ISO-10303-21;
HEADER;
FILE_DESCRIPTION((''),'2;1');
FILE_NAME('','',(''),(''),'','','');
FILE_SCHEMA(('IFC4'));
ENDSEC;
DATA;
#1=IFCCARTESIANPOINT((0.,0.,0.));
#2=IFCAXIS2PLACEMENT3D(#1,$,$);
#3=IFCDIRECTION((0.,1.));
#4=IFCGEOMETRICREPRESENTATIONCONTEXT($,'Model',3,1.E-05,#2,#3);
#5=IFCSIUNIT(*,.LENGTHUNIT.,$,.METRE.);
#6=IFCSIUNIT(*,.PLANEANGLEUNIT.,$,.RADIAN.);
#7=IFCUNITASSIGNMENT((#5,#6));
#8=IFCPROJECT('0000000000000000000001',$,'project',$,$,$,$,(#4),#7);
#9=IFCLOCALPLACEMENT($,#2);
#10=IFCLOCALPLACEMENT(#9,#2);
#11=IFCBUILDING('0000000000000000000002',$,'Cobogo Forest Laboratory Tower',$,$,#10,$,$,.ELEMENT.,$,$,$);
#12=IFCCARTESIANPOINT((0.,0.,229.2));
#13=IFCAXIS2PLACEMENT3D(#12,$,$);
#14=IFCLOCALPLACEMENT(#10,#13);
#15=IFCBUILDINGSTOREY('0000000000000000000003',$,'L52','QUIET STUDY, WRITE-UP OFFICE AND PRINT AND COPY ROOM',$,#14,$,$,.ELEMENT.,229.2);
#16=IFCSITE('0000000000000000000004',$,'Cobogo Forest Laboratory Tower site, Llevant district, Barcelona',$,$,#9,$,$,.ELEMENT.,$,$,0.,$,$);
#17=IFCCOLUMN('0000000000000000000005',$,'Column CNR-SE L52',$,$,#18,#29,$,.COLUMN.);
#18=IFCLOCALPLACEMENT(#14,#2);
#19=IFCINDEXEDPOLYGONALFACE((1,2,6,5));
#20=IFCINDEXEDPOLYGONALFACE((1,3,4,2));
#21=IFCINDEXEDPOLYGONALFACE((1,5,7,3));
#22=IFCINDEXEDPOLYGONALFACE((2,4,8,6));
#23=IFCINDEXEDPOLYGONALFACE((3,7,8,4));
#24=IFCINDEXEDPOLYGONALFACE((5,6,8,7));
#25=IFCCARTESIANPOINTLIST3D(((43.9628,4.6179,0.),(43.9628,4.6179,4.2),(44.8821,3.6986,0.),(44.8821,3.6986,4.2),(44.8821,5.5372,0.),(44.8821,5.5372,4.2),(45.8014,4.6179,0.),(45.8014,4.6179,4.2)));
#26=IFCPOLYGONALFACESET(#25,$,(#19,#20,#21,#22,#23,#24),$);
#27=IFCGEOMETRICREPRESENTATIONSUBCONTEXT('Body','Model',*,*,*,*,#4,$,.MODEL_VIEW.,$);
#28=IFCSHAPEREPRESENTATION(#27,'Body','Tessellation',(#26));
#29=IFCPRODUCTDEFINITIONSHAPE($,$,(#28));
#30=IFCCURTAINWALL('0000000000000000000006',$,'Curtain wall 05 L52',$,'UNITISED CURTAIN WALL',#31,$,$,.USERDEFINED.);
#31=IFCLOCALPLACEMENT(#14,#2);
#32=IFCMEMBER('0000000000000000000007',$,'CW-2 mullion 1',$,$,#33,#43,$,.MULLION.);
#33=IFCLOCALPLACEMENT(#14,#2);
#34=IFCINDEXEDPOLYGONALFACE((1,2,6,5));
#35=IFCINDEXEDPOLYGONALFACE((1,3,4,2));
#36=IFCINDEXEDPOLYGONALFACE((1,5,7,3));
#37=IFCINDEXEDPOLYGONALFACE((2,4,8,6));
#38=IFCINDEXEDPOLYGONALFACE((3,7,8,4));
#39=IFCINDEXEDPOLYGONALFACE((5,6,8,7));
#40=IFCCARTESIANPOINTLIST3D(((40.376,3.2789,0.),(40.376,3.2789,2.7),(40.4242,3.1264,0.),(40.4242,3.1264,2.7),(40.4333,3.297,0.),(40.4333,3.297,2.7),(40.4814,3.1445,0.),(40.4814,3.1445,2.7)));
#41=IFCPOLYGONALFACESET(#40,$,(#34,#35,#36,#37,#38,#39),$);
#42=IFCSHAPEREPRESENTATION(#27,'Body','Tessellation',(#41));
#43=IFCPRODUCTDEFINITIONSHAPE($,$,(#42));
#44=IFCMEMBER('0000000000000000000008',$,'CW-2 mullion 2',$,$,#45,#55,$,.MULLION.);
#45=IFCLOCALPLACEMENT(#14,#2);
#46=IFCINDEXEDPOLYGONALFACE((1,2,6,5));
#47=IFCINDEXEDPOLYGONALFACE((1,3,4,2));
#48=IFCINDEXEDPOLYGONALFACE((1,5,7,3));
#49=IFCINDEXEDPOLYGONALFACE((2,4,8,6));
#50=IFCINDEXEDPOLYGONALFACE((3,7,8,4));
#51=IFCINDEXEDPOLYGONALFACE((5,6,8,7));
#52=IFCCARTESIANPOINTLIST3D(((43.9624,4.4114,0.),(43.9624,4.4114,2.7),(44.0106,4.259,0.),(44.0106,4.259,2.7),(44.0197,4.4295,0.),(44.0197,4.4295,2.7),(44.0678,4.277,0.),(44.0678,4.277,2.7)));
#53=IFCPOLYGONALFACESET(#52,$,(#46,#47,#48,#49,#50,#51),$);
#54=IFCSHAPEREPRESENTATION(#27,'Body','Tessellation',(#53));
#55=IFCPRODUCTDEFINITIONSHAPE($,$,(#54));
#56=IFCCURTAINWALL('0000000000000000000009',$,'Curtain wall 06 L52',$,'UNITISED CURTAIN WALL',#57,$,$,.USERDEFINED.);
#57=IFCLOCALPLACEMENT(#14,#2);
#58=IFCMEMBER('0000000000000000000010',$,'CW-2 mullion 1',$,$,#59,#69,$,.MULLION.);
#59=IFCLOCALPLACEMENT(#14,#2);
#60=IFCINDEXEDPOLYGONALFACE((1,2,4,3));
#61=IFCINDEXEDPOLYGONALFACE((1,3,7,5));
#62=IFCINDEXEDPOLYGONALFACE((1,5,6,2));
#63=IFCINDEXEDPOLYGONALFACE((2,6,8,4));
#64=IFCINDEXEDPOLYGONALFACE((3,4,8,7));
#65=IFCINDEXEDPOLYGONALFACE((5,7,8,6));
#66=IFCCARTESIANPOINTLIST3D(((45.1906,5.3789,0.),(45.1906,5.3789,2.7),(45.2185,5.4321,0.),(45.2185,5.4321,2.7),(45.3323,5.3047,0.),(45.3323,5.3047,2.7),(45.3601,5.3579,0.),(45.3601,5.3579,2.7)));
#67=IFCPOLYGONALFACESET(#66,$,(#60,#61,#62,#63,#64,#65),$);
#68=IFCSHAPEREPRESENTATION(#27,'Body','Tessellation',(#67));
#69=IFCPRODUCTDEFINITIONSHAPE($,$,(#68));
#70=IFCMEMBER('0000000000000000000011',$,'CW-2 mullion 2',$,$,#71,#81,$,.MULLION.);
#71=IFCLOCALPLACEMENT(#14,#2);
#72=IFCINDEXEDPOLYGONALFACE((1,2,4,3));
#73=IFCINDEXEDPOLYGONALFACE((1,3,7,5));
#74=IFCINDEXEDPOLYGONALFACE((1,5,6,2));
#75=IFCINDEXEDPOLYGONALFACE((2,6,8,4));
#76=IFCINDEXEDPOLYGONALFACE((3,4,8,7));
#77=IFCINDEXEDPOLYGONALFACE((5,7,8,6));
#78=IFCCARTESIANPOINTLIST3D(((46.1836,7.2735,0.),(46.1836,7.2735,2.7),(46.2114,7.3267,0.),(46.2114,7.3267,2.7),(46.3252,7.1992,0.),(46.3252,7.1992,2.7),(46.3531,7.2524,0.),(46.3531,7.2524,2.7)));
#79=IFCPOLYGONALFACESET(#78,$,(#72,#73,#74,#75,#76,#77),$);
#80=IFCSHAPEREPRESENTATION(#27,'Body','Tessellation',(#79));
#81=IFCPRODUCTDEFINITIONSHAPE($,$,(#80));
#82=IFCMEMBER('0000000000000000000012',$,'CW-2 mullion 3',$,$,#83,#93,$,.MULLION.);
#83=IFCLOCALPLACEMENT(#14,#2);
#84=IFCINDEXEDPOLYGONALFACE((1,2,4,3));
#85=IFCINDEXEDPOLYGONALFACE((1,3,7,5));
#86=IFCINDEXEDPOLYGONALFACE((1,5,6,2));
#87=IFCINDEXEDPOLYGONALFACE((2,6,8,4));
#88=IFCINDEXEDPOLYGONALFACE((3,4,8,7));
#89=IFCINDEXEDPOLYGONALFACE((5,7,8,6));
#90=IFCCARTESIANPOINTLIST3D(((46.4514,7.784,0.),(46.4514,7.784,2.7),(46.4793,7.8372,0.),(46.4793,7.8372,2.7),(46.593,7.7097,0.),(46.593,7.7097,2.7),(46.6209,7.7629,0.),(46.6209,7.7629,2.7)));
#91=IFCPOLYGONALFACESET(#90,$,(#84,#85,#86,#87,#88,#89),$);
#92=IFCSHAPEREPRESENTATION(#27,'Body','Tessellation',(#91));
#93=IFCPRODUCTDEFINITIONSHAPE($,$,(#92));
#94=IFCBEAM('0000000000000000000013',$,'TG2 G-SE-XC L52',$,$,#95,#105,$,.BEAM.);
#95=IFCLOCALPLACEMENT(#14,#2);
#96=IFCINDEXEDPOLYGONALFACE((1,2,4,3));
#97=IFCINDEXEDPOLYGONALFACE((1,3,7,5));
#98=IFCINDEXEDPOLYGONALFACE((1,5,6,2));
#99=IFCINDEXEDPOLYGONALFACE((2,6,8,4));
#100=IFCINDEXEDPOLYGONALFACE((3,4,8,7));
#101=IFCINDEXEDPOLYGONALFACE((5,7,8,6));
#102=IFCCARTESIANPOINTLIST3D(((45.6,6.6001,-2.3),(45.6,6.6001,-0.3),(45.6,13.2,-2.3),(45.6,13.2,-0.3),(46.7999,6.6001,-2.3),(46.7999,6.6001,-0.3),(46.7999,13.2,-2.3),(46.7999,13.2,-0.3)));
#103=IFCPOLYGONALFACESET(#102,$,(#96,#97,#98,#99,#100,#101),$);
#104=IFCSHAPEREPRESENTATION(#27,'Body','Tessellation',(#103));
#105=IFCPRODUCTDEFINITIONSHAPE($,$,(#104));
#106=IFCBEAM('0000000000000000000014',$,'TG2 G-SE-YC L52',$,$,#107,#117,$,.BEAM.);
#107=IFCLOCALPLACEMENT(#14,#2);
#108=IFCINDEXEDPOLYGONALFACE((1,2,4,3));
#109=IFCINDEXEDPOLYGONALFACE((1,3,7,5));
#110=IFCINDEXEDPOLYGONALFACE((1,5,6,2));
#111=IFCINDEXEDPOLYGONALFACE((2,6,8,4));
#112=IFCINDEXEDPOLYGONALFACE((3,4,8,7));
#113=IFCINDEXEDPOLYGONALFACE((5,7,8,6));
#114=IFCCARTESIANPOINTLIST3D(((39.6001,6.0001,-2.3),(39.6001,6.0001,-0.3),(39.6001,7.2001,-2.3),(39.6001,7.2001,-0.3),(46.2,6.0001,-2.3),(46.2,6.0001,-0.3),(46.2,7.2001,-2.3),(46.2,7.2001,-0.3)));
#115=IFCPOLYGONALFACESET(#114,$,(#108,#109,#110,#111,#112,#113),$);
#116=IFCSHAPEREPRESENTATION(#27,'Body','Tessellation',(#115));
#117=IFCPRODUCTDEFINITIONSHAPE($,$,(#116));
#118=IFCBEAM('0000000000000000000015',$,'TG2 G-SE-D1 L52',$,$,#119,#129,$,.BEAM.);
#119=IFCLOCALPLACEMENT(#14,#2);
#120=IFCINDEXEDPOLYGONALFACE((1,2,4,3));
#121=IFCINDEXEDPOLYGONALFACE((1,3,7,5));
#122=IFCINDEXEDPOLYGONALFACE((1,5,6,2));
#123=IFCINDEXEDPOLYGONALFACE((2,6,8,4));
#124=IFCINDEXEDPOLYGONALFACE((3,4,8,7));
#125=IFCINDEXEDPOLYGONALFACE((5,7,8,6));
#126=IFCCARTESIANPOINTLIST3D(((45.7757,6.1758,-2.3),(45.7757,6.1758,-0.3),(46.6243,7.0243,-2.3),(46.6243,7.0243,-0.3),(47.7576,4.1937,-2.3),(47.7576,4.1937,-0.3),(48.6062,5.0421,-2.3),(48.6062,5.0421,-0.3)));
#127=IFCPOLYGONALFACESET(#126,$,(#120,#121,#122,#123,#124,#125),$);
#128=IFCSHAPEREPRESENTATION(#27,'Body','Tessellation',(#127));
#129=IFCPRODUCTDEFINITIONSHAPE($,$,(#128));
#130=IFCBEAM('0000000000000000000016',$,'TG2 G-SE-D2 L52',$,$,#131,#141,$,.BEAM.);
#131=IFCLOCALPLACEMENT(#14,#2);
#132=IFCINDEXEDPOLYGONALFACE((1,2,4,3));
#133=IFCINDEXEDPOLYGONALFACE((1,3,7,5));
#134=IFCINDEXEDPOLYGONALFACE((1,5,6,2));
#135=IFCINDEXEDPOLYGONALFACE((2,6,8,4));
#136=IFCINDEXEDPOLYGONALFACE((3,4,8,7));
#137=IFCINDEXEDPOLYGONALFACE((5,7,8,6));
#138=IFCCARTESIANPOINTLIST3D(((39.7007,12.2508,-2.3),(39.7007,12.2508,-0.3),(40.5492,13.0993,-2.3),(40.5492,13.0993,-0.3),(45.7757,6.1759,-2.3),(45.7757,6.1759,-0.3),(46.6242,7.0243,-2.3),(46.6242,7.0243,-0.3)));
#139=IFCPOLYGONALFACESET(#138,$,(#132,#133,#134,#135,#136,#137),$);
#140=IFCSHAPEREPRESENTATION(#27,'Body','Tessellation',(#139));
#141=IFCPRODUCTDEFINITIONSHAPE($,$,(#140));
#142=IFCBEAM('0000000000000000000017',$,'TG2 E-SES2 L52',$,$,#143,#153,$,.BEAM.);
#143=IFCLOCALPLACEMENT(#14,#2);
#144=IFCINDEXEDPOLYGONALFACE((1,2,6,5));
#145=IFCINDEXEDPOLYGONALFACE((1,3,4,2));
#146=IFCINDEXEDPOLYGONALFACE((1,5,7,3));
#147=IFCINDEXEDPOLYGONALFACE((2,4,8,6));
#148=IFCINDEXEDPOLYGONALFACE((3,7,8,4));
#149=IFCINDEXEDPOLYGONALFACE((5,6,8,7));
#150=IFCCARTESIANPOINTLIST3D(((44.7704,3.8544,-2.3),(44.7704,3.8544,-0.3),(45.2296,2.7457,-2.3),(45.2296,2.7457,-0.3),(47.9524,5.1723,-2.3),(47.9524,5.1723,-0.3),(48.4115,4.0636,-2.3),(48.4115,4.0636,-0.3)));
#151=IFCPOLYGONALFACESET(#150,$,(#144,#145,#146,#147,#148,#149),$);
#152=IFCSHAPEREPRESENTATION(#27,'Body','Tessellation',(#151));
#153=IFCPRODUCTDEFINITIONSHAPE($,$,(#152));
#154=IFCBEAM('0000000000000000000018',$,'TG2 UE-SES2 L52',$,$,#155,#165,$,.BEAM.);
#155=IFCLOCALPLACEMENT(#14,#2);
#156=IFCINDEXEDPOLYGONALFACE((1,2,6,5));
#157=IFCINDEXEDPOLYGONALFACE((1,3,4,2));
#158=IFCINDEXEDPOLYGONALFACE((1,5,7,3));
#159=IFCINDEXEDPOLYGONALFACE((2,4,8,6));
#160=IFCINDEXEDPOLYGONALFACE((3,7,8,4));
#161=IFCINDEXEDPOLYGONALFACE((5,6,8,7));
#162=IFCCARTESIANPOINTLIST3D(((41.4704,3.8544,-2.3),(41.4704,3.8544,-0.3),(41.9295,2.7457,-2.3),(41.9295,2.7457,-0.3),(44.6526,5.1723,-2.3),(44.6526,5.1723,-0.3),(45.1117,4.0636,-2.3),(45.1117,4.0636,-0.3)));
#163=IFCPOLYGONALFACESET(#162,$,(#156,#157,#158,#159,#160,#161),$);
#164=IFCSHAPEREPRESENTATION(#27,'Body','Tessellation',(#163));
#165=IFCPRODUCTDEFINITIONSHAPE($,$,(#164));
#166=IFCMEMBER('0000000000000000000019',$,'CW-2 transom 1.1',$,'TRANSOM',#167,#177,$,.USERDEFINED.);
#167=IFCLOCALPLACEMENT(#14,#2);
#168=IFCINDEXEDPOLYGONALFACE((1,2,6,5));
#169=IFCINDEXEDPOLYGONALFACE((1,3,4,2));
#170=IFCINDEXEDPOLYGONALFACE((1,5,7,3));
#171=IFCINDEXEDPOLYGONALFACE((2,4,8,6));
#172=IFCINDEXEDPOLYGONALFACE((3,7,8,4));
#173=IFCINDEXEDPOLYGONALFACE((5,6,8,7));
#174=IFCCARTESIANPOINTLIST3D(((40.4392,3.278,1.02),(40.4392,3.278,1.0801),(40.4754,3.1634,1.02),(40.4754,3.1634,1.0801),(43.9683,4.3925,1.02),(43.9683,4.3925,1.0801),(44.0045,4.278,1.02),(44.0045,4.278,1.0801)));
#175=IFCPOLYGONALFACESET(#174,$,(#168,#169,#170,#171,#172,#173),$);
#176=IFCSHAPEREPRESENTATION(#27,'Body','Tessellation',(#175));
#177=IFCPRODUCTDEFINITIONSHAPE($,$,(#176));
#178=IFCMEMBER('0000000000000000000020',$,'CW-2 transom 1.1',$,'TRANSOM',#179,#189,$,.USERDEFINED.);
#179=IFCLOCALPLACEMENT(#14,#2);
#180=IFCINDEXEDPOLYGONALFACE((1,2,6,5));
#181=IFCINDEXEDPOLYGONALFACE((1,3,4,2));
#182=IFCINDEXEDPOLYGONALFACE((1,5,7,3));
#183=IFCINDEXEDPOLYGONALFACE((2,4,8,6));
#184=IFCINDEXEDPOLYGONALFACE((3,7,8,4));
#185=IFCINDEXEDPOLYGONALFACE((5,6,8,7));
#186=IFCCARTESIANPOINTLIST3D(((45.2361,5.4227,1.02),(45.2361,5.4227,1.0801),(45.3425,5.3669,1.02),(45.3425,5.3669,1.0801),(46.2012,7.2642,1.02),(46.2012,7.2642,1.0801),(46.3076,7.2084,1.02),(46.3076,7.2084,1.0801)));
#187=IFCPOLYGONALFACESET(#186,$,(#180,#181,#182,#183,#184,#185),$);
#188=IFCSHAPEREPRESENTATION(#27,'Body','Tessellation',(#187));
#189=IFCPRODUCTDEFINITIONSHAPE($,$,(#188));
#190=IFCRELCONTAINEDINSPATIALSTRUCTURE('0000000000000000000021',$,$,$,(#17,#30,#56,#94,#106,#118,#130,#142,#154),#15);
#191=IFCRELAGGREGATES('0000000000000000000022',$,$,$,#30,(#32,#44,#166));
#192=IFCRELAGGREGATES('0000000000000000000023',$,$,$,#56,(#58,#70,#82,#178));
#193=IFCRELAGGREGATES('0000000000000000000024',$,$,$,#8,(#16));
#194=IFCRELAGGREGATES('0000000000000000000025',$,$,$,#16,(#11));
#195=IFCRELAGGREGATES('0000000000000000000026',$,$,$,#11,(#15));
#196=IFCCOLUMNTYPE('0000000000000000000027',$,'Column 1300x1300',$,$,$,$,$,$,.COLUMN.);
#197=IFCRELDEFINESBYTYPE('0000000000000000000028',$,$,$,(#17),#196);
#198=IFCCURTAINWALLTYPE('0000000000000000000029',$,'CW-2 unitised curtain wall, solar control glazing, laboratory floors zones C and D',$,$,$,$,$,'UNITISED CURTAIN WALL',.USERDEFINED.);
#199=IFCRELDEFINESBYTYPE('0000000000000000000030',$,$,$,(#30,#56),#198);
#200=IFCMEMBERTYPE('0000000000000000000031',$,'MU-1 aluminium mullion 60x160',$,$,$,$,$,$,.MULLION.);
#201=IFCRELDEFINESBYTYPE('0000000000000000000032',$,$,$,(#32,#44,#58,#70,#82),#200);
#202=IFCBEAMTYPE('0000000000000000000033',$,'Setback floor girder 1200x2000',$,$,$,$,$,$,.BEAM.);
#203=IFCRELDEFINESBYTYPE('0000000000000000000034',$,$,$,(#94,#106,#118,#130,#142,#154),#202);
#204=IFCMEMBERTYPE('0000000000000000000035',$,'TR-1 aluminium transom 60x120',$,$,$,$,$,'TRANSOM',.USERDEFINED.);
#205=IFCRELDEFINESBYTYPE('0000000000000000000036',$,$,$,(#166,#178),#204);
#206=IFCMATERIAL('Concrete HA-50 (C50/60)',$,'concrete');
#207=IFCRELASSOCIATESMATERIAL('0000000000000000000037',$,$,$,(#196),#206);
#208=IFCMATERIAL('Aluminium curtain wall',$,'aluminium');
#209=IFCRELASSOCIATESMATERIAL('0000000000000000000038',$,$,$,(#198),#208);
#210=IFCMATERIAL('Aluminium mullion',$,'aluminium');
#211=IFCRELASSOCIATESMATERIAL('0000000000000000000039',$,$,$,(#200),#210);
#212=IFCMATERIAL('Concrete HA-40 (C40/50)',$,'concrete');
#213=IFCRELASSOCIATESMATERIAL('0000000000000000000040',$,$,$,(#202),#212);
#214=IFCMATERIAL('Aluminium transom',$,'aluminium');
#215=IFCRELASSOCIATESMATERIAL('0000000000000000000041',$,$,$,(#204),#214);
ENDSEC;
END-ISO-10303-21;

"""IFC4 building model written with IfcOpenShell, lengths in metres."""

from ifc_helpers import new_model, si_unit, direction, frame, origin, origin_2d, place, context, subcontext, project, spatial, rectangle, extrude, material, material_profile, profile_set, type_object, element, aggregate, save


model = new_model("IFC4")

# Units and contexts
model_context = context("Model", 3, precision=1e-05, world=origin(), true_north=direction((0.0, 1.0)))
body_context = subcontext(model_context, "Body", "Model", "MODEL_VIEW")
ifc_project = project(units=[si_unit("LENGTHUNIT", "METRE"), si_unit("PLANEANGLEUNIT", "RADIAN")], contexts=[model_context])

# Site, building, storey
site_placement = place(None, origin())
site = spatial("IfcSite", under=ifc_project, at=site_placement, Name="Cobogo Forest Laboratory Tower site, Llevant district, Barcelona", CompositionType="ELEMENT", RefElevation=0.0)
building_placement = place(site_placement, origin())
building = spatial("IfcBuilding", under=site, at=building_placement, Name="Cobogo Forest Laboratory Tower", CompositionType="ELEMENT")
storey_placement = place(building_placement, frame((0.0, 0.0, 229.2)))
storey = spatial("IfcBuildingStorey", under=building, at=storey_placement, Name="L52", Description="QUIET STUDY, WRITE-UP OFFICE AND PRINT AND COPY ROOM", CompositionType="ELEMENT", Elevation=229.2)

# Column
ifc_material_1 = material(Name="Concrete HA-50 (C50/60)", Category="concrete")
ifc_material_profile_1 = material_profile(ifc_material_1, rectangle(XDim=1.3, YDim=1.3, at=origin_2d()), Name="RC 1300x1300")
ifc_profile_set_1 = profile_set([ifc_material_profile_1], Name="Concrete HA-50 (C50/60)")
column_type = type_object("IfcColumnType", Name="Column 1300x1300", PredefinedType="COLUMN", material=ifc_profile_set_1)
column_placement = place(storey_placement, frame((44.8821, 4.6179, 0.0), z_axis=(0.0, 0.0, 1.0), x_axis=(0.707107, 0.707107, 0.0)))
element("IfcColumn", 1, at=column_placement, inside=storey, type_object=column_type, Name="Column CNR-SE L52", PredefinedType="COLUMN", context=body_context, shape_type="SweptSolid", body=[
    extrude(rectangle(XDim=1.3, YDim=1.3, at=origin_2d()), origin(), (0.0, 0.0, 1.0), 4.2),
])

# Curtain walls, members
ifc_material_2 = material(Name="Aluminium curtain wall", Category="aluminium")
curtain_wall_type = type_object("IfcCurtainWallType", Name="CW-2 unitised curtain wall, solar control glazing, laboratory floors zones C and D", ElementType="UNITISED CURTAIN WALL", PredefinedType="USERDEFINED", material=ifc_material_2)
curtain_wall_1_placement = place(storey_placement, origin())
curtain_wall_1 = element("IfcCurtainWall", 2, at=curtain_wall_1_placement, inside=storey, type_object=curtain_wall_type, Name="Curtain wall 05 L52", ObjectType="UNITISED CURTAIN WALL", PredefinedType="USERDEFINED")
ifc_material_3 = material(Name="Aluminium mullion", Category="aluminium")
ifc_material_profile_2 = material_profile(ifc_material_3, rectangle(XDim=0.0601, YDim=0.1599, at=origin_2d()), Name="AL 60x160")
ifc_profile_set_2 = profile_set([ifc_material_profile_2], Name="Aluminium mullion")
member_type_1 = type_object("IfcMemberType", Name="MU-1 aluminium mullion 60x160", PredefinedType="MULLION", material=ifc_profile_set_2)
member_1_placement = place(storey_placement, frame((40.4287, 3.2117, 0.0), z_axis=(0.0, 0.0, 1.0), x_axis=(0.953581, 0.301136, 0.0)))
member_1 = element("IfcMember", 3, at=member_1_placement, type_object=member_type_1, Name="CW-2 mullion 1", PredefinedType="MULLION", context=body_context, shape_type="SweptSolid", body=[
    extrude(rectangle(XDim=0.0601, YDim=0.1599, at=origin_2d()), origin(), (0.0, 0.0, 1.0), 2.7),
])
member_2_placement = place(storey_placement, frame((44.0151, 4.3442, 0.0), z_axis=(0.0, 0.0, 1.0), x_axis=(0.953581, 0.301136, 0.0)))
member_2 = element("IfcMember", 4, at=member_2_placement, type_object=member_type_1, Name="CW-2 mullion 2", PredefinedType="MULLION", context=body_context, shape_type="SweptSolid", body=[
    extrude(rectangle(XDim=0.0601, YDim=0.1599, at=origin_2d()), origin(), (0.0, 0.0, 1.0), 2.7),
])
curtain_wall_2_placement = place(storey_placement, origin())
curtain_wall_2 = element("IfcCurtainWall", 5, at=curtain_wall_2_placement, inside=storey, type_object=curtain_wall_type, Name="Curtain wall 06 L52", ObjectType="UNITISED CURTAIN WALL", PredefinedType="USERDEFINED")
member_3_placement = place(storey_placement, frame((45.2754, 5.3684, 0.0), z_axis=(0.0, 0.0, 1.0), x_axis=(0.464284, 0.885687, 0.0)))
member_3 = element("IfcMember", 6, at=member_3_placement, type_object=member_type_1, Name="CW-2 mullion 1", PredefinedType="MULLION", context=body_context, shape_type="SweptSolid", body=[
    extrude(rectangle(XDim=0.0601, YDim=0.1599, at=origin_2d()), origin(), (0.0, 0.0, 1.0), 2.7),
])
member_4_placement = place(storey_placement, frame((46.2683, 7.2629, 0.0), z_axis=(0.0, 0.0, 1.0), x_axis=(0.464284, 0.885687, 0.0)))
member_4 = element("IfcMember", 7, at=member_4_placement, type_object=member_type_1, Name="CW-2 mullion 2", PredefinedType="MULLION", context=body_context, shape_type="SweptSolid", body=[
    extrude(rectangle(XDim=0.0601, YDim=0.1599, at=origin_2d()), origin(), (0.0, 0.0, 1.0), 2.7),
])
member_5_placement = place(storey_placement, frame((46.5361, 7.7734, 0.0), z_axis=(0.0, 0.0, 1.0), x_axis=(0.464284, 0.885687, 0.0)))
member_5 = element("IfcMember", 8, at=member_5_placement, type_object=member_type_1, Name="CW-2 mullion 3", PredefinedType="MULLION", context=body_context, shape_type="SweptSolid", body=[
    extrude(rectangle(XDim=0.0601, YDim=0.1599, at=origin_2d()), origin(), (0.0, 0.0, 1.0), 2.7),
])

# Beams
ifc_material_4 = material(Name="Concrete HA-40 (C40/50)", Category="concrete")
ifc_material_profile_3 = material_profile(ifc_material_4, rectangle(XDim=1.2, YDim=2.0, at=origin_2d()), Name="RC 1200x2000")
ifc_profile_set_3 = profile_set([ifc_material_profile_3], Name="Concrete HA-40 (C40/50)")
beam_type = type_object("IfcBeamType", Name="Setback floor girder 1200x2000", PredefinedType="BEAM", material=ifc_profile_set_3)
for number, where, z_axis, x_axis, name in (
    (9, (46.2, 6.6001, -1.3), (0.0, 1.0, 0.0), (-1.0, 0.0, 0.0), "TG2 G-SE-XC L52"),
    (10, (46.2, 6.6001, -1.3), (-1.0, 0.0, 0.0), (0.0, -1.0, 0.0), "TG2 G-SE-YC L52"),
):
    element("IfcBeam", number, at=place(storey_placement, frame(where, z_axis=z_axis, x_axis=x_axis)), inside=storey, type_object=beam_type, Name=name, PredefinedType="BEAM", context=body_context, shape_type="SweptSolid", body=[
        extrude(rectangle(XDim=1.2, YDim=2.0, at=origin_2d()), origin(), (0.0, 0.0, 1.0), 6.5999),
    ])
beam_1_placement = place(storey_placement, frame((48.1819, 4.6179, -1.3), z_axis=(-0.707063, 0.70715, 0.0), x_axis=(-0.70715, -0.707063, 0.0)))
element("IfcBeam", 11, at=beam_1_placement, inside=storey, type_object=beam_type, Name="TG2 G-SE-D1 L52", PredefinedType="BEAM", context=body_context, shape_type="SweptSolid", body=[
    extrude(rectangle(XDim=1.2, YDim=2.0, at=origin_2d()), origin(), (0.0, 0.0, 1.0), 2.803),
])
beam_2_placement = place(storey_placement, frame((46.2, 6.6001, -1.3), z_axis=(-0.707107, 0.707107, 0.0), x_axis=(-0.707107, -0.707107, 0.0)))
element("IfcBeam", 12, at=beam_2_placement, inside=storey, type_object=beam_type, Name="TG2 G-SE-D2 L52", PredefinedType="BEAM", context=body_context, shape_type="SweptSolid", body=[
    extrude(rectangle(XDim=1.2, YDim=2.0, at=origin_2d()), origin(), (0.0, 0.0, 1.0), 8.5913),
])
beam_3_placement = place(storey_placement, frame((45.0, 3.3, -1.3), z_axis=(0.923891, 0.382656, 0.0), x_axis=(-0.382656, 0.923891, 0.0)))
element("IfcBeam", 13, at=beam_3_placement, inside=storey, type_object=beam_type, Name="TG2 E-SES2 L52", PredefinedType="BEAM", context=body_context, shape_type="SweptSolid", body=[
    extrude(rectangle(XDim=1.2, YDim=2.0, at=origin_2d()), origin(), (0.0, 0.0, 1.0), 3.4441),
])
beam_4_placement = place(storey_placement, frame((41.7, 3.3, -1.3), z_axis=(0.923901, 0.382631, 0.0), x_axis=(-0.382631, 0.923901, 0.0)))
element("IfcBeam", 14, at=beam_4_placement, inside=storey, type_object=beam_type, Name="TG2 UE-SES2 L52", PredefinedType="BEAM", context=body_context, shape_type="SweptSolid", body=[
    extrude(rectangle(XDim=1.2, YDim=2.0, at=origin_2d()), origin(), (0.0, 0.0, 1.0), 3.4443),
])

# Members
ifc_material_5 = material(Name="Aluminium transom", Category="aluminium")
ifc_material_profile_4 = material_profile(ifc_material_5, rectangle(XDim=0.1201, YDim=0.0601, at=origin_2d()), Name="AL 60x120")
ifc_profile_set_4 = profile_set([ifc_material_profile_4], Name="Aluminium transom")
member_type_2 = type_object("IfcMemberType", Name="TR-1 aluminium transom 60x120", ElementType="TRANSOM", PredefinedType="USERDEFINED", material=ifc_profile_set_4)
member_6_placement = place(storey_placement, frame((40.4573, 3.2207, 1.05), z_axis=(0.953578, 0.301147, 0.0), x_axis=(-0.301147, 0.953578, 0.0)))
member_6 = element("IfcMember", 15, at=member_6_placement, type_object=member_type_2, Name="CW-2 transom 1.1", ObjectType="TRANSOM", PredefinedType="USERDEFINED", context=body_context, shape_type="SweptSolid", body=[
    extrude(rectangle(XDim=0.1201, YDim=0.0601, at=origin_2d()), origin(), (0.0, 0.0, 1.0), 3.7009),
])
member_7_placement = place(storey_placement, frame((45.2893, 5.3948, 1.05), z_axis=(0.464182, 0.88574, 0.0), x_axis=(-0.88574, 0.464182, 0.0)))
member_7 = element("IfcMember", 16, at=member_7_placement, type_object=member_type_2, Name="CW-2 transom 1.1", ObjectType="TRANSOM", PredefinedType="USERDEFINED", context=body_context, shape_type="SweptSolid", body=[
    extrude(rectangle(XDim=0.1201, YDim=0.0601, at=origin_2d()), origin(), (0.0, 0.0, 1.0), 2.0791),
])

aggregate(curtain_wall_1, [member_1, member_2, member_6])
aggregate(curtain_wall_2, [member_3, member_4, member_5, member_7])

save(model, "model.ifc")
